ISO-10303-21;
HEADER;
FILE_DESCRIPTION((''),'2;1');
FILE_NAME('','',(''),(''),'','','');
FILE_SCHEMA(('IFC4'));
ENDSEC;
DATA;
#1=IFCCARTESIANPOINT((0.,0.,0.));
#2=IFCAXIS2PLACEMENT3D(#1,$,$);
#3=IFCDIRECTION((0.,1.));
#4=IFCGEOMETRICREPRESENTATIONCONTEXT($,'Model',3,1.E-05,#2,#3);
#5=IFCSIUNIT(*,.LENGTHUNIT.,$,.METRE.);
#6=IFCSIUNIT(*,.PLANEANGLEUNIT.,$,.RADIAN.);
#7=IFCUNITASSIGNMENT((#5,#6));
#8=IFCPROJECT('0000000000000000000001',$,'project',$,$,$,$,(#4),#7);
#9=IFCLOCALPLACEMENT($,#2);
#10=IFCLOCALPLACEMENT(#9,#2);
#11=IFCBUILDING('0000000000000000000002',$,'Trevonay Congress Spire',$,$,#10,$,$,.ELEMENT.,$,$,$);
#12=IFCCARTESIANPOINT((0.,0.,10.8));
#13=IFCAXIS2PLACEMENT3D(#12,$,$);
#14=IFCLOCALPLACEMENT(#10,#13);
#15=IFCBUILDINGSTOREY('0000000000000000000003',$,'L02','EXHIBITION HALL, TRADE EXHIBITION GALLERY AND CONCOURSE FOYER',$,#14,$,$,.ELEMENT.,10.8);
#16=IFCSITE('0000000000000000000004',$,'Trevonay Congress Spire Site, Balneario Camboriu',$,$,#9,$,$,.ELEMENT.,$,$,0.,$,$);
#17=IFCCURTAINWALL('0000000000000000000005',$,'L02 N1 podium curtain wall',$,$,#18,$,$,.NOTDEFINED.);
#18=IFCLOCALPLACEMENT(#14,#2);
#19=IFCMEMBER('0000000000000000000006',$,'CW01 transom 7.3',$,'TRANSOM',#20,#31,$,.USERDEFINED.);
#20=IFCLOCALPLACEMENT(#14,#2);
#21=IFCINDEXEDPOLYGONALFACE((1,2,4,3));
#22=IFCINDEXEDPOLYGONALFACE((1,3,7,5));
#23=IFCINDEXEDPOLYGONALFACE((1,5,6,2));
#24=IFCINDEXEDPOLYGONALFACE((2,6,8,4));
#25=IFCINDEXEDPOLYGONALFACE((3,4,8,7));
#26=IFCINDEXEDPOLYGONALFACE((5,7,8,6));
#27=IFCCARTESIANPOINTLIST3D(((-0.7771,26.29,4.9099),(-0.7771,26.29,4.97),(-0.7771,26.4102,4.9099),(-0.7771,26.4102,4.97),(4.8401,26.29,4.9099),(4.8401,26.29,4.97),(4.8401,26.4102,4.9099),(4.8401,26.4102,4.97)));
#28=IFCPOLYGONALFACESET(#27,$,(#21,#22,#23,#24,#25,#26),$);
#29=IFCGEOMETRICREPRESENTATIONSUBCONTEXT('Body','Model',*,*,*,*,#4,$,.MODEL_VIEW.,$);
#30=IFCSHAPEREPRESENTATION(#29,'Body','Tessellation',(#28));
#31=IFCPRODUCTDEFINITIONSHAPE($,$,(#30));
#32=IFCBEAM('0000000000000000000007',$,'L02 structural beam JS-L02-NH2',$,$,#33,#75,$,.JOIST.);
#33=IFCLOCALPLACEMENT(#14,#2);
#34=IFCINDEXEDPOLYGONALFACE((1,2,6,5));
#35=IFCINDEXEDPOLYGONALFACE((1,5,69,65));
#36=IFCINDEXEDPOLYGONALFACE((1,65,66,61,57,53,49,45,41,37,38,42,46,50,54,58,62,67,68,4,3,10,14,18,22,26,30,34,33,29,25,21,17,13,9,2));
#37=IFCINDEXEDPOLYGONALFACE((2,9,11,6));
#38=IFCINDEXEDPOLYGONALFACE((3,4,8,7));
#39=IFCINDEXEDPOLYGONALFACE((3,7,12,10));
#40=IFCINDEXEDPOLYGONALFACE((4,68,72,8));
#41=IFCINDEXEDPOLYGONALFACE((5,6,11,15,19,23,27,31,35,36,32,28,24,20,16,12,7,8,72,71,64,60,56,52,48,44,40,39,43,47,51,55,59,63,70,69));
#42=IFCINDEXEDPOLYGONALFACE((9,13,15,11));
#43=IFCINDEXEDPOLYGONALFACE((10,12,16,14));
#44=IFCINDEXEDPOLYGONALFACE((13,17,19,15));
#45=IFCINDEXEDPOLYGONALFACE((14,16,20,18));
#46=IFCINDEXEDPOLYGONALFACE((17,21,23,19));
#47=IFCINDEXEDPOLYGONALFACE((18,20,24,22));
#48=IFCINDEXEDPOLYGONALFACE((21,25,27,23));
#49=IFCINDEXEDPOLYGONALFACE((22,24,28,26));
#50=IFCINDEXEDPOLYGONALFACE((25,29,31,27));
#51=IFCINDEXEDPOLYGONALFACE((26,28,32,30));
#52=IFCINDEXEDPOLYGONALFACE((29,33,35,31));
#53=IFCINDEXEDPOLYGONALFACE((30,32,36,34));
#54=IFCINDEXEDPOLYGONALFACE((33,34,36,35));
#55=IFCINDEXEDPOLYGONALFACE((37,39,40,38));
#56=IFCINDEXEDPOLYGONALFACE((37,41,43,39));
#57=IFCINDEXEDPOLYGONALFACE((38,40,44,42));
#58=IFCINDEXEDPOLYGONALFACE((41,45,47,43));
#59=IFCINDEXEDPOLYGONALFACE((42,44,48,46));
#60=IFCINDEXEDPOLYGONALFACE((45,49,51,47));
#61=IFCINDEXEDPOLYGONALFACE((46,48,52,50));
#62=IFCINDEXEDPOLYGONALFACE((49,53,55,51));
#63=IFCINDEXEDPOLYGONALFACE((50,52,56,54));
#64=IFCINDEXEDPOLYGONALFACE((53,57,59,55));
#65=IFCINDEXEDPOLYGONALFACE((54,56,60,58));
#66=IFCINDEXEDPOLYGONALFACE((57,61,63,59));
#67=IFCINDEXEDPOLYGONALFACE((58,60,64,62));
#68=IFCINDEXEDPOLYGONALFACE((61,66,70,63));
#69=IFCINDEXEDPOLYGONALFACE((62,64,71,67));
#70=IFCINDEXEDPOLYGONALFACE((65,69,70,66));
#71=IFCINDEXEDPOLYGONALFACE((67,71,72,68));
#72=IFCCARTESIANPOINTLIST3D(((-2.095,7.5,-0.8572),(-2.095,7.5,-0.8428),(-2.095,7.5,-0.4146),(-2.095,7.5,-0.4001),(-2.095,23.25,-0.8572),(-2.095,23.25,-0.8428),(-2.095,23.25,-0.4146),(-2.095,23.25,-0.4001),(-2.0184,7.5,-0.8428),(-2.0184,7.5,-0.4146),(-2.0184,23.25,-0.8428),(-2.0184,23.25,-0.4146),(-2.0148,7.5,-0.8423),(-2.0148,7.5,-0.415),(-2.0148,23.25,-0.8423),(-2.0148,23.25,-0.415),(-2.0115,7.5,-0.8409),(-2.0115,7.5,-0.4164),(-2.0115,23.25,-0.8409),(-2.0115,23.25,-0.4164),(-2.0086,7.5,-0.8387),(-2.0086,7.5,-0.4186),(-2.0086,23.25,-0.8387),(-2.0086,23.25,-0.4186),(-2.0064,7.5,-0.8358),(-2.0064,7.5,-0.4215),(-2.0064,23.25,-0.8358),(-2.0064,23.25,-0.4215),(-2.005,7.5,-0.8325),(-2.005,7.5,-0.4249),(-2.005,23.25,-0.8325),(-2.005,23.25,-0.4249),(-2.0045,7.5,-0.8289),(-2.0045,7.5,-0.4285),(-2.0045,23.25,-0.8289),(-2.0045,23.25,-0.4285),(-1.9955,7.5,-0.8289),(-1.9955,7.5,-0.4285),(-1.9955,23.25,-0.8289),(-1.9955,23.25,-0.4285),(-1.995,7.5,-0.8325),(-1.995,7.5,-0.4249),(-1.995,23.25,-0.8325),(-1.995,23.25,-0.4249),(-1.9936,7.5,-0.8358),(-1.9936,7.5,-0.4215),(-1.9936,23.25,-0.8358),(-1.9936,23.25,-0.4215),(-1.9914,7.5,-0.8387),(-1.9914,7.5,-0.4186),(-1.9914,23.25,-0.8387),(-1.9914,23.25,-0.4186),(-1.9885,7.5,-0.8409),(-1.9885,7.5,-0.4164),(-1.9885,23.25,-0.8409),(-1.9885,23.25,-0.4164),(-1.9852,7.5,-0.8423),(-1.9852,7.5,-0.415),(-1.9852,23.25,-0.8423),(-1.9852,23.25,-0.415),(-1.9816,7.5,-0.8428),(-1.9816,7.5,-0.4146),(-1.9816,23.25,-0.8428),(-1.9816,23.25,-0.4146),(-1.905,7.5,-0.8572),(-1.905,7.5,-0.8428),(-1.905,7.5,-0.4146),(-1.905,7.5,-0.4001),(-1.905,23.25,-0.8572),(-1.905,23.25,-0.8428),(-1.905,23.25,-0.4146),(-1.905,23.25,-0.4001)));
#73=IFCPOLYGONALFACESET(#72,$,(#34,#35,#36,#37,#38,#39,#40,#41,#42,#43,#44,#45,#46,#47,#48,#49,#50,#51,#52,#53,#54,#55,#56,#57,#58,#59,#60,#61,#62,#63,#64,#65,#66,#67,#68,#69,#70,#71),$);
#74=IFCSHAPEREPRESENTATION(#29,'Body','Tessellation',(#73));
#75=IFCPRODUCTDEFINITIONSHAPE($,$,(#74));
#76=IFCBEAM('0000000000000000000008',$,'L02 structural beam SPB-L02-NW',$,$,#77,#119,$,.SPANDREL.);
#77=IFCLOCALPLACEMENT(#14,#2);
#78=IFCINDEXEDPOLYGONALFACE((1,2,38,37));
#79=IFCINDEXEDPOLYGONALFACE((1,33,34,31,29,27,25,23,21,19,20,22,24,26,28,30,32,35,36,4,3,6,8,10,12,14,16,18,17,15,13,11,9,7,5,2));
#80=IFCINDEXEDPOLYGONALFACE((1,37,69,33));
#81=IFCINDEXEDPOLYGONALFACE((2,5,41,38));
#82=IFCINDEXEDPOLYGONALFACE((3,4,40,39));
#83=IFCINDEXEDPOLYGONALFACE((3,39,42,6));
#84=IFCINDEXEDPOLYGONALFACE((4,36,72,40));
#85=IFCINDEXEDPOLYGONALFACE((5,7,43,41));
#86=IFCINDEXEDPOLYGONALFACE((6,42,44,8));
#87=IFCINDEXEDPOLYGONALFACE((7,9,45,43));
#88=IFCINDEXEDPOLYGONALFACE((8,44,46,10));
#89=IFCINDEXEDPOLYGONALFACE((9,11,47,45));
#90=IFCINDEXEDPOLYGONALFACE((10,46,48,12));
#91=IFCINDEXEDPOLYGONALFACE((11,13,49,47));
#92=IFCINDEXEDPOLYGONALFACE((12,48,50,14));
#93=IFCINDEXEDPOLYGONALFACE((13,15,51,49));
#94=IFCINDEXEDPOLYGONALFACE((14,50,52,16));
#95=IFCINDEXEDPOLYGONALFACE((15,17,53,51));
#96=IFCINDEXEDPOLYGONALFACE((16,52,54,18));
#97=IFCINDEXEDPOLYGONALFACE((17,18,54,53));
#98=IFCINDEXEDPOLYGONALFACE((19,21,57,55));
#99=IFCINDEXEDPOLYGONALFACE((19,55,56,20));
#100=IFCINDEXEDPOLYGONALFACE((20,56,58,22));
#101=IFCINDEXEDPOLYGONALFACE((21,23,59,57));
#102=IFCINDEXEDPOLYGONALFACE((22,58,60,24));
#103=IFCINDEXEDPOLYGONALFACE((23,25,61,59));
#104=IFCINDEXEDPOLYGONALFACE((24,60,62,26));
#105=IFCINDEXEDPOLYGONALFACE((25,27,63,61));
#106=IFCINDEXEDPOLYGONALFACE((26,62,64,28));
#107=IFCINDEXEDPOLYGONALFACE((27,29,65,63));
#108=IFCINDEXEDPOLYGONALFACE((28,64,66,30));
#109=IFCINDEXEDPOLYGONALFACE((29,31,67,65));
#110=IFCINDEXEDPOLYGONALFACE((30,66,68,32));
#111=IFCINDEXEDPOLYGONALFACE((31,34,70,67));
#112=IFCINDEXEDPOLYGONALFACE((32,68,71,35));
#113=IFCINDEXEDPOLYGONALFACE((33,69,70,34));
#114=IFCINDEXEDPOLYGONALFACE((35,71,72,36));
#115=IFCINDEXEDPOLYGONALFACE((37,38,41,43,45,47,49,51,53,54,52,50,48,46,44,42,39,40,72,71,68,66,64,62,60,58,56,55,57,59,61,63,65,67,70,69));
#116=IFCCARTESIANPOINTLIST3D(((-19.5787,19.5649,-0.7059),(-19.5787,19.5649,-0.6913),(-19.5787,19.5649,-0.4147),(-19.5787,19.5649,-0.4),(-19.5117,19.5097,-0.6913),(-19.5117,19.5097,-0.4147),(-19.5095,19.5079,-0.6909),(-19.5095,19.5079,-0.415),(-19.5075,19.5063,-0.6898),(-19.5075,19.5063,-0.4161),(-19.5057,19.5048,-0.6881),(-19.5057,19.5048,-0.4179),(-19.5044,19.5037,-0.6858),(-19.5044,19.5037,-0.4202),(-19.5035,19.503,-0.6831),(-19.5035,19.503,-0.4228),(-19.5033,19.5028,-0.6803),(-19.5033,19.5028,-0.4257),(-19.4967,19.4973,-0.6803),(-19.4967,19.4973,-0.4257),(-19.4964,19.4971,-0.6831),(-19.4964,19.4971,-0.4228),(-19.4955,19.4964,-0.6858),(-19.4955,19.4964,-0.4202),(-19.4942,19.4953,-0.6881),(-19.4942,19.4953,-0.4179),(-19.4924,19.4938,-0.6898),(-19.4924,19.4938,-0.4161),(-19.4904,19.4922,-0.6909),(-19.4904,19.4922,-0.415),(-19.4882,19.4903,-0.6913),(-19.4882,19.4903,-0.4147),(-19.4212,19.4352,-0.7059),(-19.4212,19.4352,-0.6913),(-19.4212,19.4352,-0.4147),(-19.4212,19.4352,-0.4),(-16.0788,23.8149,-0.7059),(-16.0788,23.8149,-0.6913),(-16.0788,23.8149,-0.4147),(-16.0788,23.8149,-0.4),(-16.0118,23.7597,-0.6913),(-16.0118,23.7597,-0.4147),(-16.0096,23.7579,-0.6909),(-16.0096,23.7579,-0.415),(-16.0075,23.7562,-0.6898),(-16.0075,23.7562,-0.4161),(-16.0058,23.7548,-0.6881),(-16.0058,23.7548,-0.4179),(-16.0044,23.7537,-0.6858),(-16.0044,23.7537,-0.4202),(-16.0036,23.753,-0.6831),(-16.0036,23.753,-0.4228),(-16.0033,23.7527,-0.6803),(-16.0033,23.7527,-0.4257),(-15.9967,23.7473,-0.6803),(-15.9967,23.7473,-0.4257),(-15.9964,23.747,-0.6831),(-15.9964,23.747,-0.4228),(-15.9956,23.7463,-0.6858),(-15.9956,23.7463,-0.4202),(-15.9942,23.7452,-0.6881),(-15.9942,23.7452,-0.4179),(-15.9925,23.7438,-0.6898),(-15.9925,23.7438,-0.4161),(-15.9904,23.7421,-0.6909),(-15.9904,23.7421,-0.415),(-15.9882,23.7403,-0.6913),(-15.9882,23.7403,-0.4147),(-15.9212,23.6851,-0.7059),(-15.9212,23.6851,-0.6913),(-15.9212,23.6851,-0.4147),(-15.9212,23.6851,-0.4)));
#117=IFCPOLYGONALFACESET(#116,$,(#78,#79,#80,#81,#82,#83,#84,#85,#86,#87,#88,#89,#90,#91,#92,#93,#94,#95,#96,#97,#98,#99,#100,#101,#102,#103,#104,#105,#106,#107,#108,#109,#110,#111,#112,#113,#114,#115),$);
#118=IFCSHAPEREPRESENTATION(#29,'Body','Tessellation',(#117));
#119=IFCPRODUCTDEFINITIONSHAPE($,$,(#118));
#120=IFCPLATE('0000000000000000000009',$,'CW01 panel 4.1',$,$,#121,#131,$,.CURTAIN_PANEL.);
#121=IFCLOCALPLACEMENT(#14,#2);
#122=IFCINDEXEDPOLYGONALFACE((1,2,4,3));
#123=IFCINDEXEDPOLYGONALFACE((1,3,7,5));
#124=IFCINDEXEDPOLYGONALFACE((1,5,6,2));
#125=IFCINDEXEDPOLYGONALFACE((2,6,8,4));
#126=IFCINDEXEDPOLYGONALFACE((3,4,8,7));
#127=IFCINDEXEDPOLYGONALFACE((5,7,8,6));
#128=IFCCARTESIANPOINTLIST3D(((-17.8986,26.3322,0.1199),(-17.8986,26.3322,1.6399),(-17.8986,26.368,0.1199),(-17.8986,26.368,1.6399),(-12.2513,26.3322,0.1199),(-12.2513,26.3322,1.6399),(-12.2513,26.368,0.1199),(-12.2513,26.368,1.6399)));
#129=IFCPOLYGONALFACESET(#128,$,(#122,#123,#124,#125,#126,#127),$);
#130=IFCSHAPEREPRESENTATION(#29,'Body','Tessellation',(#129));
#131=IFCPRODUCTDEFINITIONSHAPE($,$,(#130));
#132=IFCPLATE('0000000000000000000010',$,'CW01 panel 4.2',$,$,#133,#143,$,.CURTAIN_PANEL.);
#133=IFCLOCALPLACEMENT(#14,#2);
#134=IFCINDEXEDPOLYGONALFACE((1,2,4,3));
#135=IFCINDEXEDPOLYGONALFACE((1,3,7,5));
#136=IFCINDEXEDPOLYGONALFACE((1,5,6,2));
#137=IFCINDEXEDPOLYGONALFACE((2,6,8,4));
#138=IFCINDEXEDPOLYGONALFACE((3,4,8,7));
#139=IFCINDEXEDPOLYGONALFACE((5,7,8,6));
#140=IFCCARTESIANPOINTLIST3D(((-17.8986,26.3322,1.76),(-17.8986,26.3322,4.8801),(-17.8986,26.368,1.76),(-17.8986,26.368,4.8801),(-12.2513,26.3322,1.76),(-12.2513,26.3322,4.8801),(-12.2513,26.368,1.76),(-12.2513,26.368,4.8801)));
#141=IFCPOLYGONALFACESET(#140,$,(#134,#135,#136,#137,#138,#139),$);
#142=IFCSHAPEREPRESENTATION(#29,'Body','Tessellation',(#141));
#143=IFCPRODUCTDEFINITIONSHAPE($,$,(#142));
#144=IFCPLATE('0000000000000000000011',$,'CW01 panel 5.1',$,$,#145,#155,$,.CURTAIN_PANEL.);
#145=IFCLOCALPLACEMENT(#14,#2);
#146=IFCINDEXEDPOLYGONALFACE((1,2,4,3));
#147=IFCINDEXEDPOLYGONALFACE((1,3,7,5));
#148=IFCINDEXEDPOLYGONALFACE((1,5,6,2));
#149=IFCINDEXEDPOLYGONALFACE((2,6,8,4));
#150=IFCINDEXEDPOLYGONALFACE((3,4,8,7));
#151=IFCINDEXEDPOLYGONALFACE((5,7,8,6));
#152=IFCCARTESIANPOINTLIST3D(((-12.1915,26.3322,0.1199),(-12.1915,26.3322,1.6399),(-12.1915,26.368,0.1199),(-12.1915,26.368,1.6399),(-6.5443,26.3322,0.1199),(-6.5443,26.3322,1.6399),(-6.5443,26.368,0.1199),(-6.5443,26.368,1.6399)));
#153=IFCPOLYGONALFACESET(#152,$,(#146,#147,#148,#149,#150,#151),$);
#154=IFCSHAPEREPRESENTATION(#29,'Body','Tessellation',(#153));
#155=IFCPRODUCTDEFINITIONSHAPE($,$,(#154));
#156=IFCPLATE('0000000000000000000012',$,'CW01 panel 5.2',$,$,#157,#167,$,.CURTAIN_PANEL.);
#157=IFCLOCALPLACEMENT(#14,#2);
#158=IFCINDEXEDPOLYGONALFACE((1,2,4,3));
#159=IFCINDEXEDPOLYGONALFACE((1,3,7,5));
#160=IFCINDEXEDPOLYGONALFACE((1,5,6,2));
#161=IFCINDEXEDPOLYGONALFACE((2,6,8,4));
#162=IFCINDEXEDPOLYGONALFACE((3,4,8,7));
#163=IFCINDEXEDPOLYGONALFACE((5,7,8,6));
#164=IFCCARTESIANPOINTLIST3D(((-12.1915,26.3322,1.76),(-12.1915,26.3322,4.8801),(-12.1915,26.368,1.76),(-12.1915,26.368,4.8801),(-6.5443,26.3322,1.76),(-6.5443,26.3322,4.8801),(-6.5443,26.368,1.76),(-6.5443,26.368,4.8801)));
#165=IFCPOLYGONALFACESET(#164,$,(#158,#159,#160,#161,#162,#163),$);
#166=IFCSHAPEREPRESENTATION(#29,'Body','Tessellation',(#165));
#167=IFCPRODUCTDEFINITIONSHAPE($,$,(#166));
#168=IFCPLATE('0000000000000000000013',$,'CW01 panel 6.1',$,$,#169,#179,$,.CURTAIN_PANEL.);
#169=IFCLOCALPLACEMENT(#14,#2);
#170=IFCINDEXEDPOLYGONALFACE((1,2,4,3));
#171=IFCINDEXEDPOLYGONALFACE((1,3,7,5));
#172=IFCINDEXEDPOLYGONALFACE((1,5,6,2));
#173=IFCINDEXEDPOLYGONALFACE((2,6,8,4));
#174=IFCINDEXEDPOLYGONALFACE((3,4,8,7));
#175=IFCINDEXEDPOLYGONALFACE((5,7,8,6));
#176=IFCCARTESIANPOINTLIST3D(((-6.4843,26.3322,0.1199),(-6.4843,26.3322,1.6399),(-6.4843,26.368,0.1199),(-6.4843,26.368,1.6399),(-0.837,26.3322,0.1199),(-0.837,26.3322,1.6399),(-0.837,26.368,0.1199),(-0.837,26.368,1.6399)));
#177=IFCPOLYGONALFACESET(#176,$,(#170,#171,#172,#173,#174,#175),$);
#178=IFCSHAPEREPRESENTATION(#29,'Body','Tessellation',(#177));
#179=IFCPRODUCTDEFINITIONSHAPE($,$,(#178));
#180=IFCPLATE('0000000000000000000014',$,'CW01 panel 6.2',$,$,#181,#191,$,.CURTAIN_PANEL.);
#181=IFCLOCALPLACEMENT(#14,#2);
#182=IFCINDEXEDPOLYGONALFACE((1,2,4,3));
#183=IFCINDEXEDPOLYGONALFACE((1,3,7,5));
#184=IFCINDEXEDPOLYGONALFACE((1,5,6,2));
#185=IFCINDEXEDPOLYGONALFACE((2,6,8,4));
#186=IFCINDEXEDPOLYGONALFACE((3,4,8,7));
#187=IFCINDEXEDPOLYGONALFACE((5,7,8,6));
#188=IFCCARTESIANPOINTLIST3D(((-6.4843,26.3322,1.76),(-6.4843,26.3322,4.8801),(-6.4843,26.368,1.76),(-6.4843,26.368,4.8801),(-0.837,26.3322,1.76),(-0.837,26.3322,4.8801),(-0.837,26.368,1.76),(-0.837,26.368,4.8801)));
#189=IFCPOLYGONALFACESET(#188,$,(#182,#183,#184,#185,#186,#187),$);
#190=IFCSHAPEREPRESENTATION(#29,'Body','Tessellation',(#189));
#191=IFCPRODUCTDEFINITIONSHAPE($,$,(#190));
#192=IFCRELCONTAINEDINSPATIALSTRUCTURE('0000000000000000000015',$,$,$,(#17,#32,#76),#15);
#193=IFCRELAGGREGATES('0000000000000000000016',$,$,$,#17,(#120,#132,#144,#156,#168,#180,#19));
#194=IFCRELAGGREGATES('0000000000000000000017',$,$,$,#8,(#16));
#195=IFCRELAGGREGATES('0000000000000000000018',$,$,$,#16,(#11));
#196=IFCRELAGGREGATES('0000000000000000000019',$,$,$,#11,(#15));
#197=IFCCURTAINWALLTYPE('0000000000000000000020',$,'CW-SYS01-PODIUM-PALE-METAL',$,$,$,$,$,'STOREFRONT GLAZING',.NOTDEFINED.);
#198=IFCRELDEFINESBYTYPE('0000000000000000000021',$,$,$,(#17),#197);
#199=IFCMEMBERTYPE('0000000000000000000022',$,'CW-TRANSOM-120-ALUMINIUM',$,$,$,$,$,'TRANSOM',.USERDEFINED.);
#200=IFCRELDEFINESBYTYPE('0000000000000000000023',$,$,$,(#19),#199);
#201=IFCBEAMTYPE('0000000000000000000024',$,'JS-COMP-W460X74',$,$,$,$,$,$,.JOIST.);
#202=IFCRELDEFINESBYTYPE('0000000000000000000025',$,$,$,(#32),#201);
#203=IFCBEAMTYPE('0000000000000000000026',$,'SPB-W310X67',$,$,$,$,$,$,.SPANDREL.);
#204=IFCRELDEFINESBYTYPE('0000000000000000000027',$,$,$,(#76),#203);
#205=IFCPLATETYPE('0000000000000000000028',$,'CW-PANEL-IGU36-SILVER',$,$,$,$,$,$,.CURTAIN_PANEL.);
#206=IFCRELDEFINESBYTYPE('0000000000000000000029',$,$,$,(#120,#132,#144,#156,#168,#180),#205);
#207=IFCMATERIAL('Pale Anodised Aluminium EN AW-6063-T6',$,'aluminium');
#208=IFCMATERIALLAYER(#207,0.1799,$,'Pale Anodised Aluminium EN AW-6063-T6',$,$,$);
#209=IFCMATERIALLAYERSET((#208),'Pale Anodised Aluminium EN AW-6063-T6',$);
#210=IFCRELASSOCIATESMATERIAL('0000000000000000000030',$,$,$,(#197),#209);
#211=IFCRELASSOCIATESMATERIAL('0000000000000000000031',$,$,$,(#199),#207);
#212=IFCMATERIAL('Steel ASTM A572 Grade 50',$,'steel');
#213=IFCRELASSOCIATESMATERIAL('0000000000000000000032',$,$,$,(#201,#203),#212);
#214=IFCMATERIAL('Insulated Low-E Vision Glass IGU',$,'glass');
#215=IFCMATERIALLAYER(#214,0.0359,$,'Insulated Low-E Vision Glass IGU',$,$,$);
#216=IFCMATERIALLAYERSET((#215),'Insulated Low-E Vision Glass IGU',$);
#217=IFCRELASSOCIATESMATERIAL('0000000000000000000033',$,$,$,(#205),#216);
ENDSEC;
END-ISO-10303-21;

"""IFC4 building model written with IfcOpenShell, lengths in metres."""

from ifc_helpers import new_model, si_unit, direction, frame, origin, origin_2d, place, context, subcontext, project, spatial, rectangle, i_section, extrude, material, layer, layer_set, material_profile, profile_set, type_object, element, aggregate, save


model = new_model("IFC4")

# Units and contexts
model_context = context("Model", 3, precision=1e-05, world=origin(), true_north=direction((0.0, 1.0)))
body_context = subcontext(model_context, "Body", "Model", "MODEL_VIEW")
ifc_project = project(units=[si_unit("LENGTHUNIT", "METRE"), si_unit("PLANEANGLEUNIT", "RADIAN")], contexts=[model_context])

# Site, building, storey
site_placement = place(None, origin())
site = spatial("IfcSite", under=ifc_project, at=site_placement, Name="Trevonay Congress Spire Site, Balneario Camboriu", CompositionType="ELEMENT", RefElevation=0.0)
building_placement = place(site_placement, origin())
building = spatial("IfcBuilding", under=site, at=building_placement, Name="Trevonay Congress Spire", CompositionType="ELEMENT")
storey_placement = place(building_placement, frame((0.0, 0.0, 10.8)))
storey = spatial("IfcBuildingStorey", under=building, at=storey_placement, Name="L02", Description="EXHIBITION HALL, TRADE EXHIBITION GALLERY AND CONCOURSE FOYER", CompositionType="ELEMENT", Elevation=10.8)

# Shared definitions
ifc_material_1 = material(Name="Steel ASTM A572 Grade 50", Category="steel")

# Curtain wall, member
ifc_material_2 = material(Name="Pale Anodised Aluminium EN AW-6063-T6", Category="aluminium")
ifc_layer_1 = layer(ifc_material_2, 0.1799, Name="Pale Anodised Aluminium EN AW-6063-T6")
ifc_layer_set_1 = layer_set([ifc_layer_1], Name="Pale Anodised Aluminium EN AW-6063-T6")
curtain_wall_type = type_object("IfcCurtainWallType", Name="CW-SYS01-PODIUM-PALE-METAL", ElementType="STOREFRONT GLAZING", PredefinedType="NOTDEFINED", material=ifc_layer_set_1)
curtain_wall_placement = place(storey_placement, origin())
curtain_wall = element("IfcCurtainWall", 1, at=curtain_wall_placement, inside=storey, type_object=curtain_wall_type, Name="L02 N1 podium curtain wall", PredefinedType="NOTDEFINED")
ifc_material_profile_1 = material_profile(ifc_material_2, rectangle(XDim=0.1201, YDim=0.0601, at=origin_2d()), Name="CW-TRANSOM-120-ALUMINIUM")
ifc_profile_set_1 = profile_set([ifc_material_profile_1], Name="Pale Anodised Aluminium EN AW-6063-T6")
member_type_1 = type_object("IfcMemberType", Name="CW-TRANSOM-120-ALUMINIUM", ElementType="TRANSOM", PredefinedType="USERDEFINED", material=ifc_profile_set_1)
member_1_placement = place(storey_placement, frame((-0.7771, 26.3501, 4.9399), z_axis=(1.0, 0.0, 0.0), x_axis=(0.0, 1.0, 0.0)))
member_1 = element("IfcMember", 2, at=member_1_placement, type_object=member_type_1, Name="CW01 transom 7.3", ObjectType="TRANSOM", PredefinedType="USERDEFINED", context=body_context, shape_type="SweptSolid", body=[
    extrude(rectangle(XDim=0.1201, YDim=0.0601, at=origin_2d()), origin(), (0.0, 0.0, 1.0), 5.6172),
])

# Beams
ifc_material_profile_2 = material_profile(ifc_material_1, i_section(OverallWidth=0.1899, OverallDepth=0.457, WebThickness=0.009, FlangeThickness=0.0144, FilletRadius=0.0139, at=origin_2d()), Name="W460x74")
ifc_profile_set_2 = profile_set([ifc_material_profile_2], Name="Steel ASTM A572 Grade 50")
beam_type_1 = type_object("IfcBeamType", Name="JS-COMP-W460X74", PredefinedType="JOIST", material=ifc_profile_set_2)
beam_1_placement = place(storey_placement, frame((-2.0, 7.5, -0.6287), z_axis=(0.0, 1.0, 0.0), x_axis=(-1.0, 0.0, 0.0)))
element("IfcBeam", 3, at=beam_1_placement, inside=storey, type_object=beam_type_1, Name="L02 structural beam JS-L02-NH2", PredefinedType="JOIST", context=body_context, shape_type="SweptSolid", body=[
    extrude(i_section(OverallWidth=0.1899, OverallDepth=0.457, WebThickness=0.009, FlangeThickness=0.0144, FilletRadius=0.0139, at=origin_2d()), origin(), (0.0, 0.0, 1.0), 15.75),
])
ifc_material_profile_3 = material_profile(ifc_material_1, i_section(OverallWidth=0.2041, OverallDepth=0.3059, WebThickness=0.0085, FlangeThickness=0.0146, FilletRadius=0.011, at=origin_2d()), Name="W310x67")
ifc_profile_set_3 = profile_set([ifc_material_profile_3], Name="Steel ASTM A572 Grade 50")
beam_type_2 = type_object("IfcBeamType", Name="SPB-W310X67", PredefinedType="SPANDREL", material=ifc_profile_set_3)
beam_2_placement = place(storey_placement, frame((-16.0, 23.75, -0.553), z_axis=(-0.635707, -0.77193, 0.0), x_axis=(0.77193, -0.635707, 0.0)))
element("IfcBeam", 4, at=beam_2_placement, inside=storey, type_object=beam_type_2, Name="L02 structural beam SPB-L02-NW", PredefinedType="SPANDREL", context=body_context, shape_type="SweptSolid", body=[
    extrude(i_section(OverallWidth=0.2041, OverallDepth=0.3059, WebThickness=0.0085, FlangeThickness=0.0146, FilletRadius=0.011, at=origin_2d()), origin(), (0.0, 0.0, 1.0), 5.5056),
])

# Plates
ifc_material_3 = material(Name="Insulated Low-E Vision Glass IGU", Category="glass")
ifc_layer_2 = layer(ifc_material_3, 0.0359, Name="Insulated Low-E Vision Glass IGU")
ifc_layer_set_2 = layer_set([ifc_layer_2], Name="Insulated Low-E Vision Glass IGU")
plate_type = type_object("IfcPlateType", Name="CW-PANEL-IGU36-SILVER", PredefinedType="CURTAIN_PANEL", material=ifc_layer_set_2)
plate_1_placement = place(storey_placement, frame((-15.075, 26.3501, 0.1199), z_axis=(0.0, 0.0, 1.0), x_axis=(1.0, 0.0, 0.0)))
plate_1 = element("IfcPlate", 5, at=plate_1_placement, type_object=plate_type, Name="CW01 panel 4.1", PredefinedType="CURTAIN_PANEL", context=body_context, shape_type="SweptSolid", body=[
    extrude(rectangle(XDim=5.6472, YDim=0.0359, at=origin_2d()), origin(), (0.0, 0.0, 1.0), 1.52),
])
plate_2_placement = place(storey_placement, frame((-15.075, 26.3501, 1.76), z_axis=(0.0, 0.0, 1.0), x_axis=(1.0, 0.0, 0.0)))
plate_2 = element("IfcPlate", 6, at=plate_2_placement, type_object=plate_type, Name="CW01 panel 4.2", PredefinedType="CURTAIN_PANEL", context=body_context, shape_type="SweptSolid", body=[
    extrude(rectangle(XDim=5.6472, YDim=0.0359, at=origin_2d()), origin(), (0.0, 0.0, 1.0), 3.1201),
])
plate_3_placement = place(storey_placement, frame((-9.3679, 26.3501, 0.1199), z_axis=(0.0, 0.0, 1.0), x_axis=(1.0, 0.0, 0.0)))
plate_3 = element("IfcPlate", 7, at=plate_3_placement, type_object=plate_type, Name="CW01 panel 5.1", PredefinedType="CURTAIN_PANEL", context=body_context, shape_type="SweptSolid", body=[
    extrude(rectangle(XDim=5.6472, YDim=0.0359, at=origin_2d()), origin(), (0.0, 0.0, 1.0), 1.52),
])
plate_4_placement = place(storey_placement, frame((-9.3679, 26.3501, 1.76), z_axis=(0.0, 0.0, 1.0), x_axis=(1.0, 0.0, 0.0)))
plate_4 = element("IfcPlate", 8, at=plate_4_placement, type_object=plate_type, Name="CW01 panel 5.2", PredefinedType="CURTAIN_PANEL", context=body_context, shape_type="SweptSolid", body=[
    extrude(rectangle(XDim=5.6472, YDim=0.0359, at=origin_2d()), origin(), (0.0, 0.0, 1.0), 3.1201),
])
plate_5_placement = place(storey_placement, frame((-3.6606, 26.3501, 0.1199), z_axis=(0.0, 0.0, 1.0), x_axis=(1.0, 0.0, 0.0)))
plate_5 = element("IfcPlate", 9, at=plate_5_placement, type_object=plate_type, Name="CW01 panel 6.1", PredefinedType="CURTAIN_PANEL", context=body_context, shape_type="SweptSolid", body=[
    extrude(rectangle(XDim=5.6472, YDim=0.0359, at=origin_2d()), origin(), (0.0, 0.0, 1.0), 1.52),
])
plate_6_placement = place(storey_placement, frame((-3.6606, 26.3501, 1.76), z_axis=(0.0, 0.0, 1.0), x_axis=(1.0, 0.0, 0.0)))
plate_6 = element("IfcPlate", 10, at=plate_6_placement, type_object=plate_type, Name="CW01 panel 6.2", PredefinedType="CURTAIN_PANEL", context=body_context, shape_type="SweptSolid", body=[
    extrude(rectangle(XDim=5.6472, YDim=0.0359, at=origin_2d()), origin(), (0.0, 0.0, 1.0), 3.1201),
])
aggregate(curtain_wall, [plate_1, plate_2, plate_3, plate_4, plate_5, plate_6, member_1])

save(model, "model.ifc")
